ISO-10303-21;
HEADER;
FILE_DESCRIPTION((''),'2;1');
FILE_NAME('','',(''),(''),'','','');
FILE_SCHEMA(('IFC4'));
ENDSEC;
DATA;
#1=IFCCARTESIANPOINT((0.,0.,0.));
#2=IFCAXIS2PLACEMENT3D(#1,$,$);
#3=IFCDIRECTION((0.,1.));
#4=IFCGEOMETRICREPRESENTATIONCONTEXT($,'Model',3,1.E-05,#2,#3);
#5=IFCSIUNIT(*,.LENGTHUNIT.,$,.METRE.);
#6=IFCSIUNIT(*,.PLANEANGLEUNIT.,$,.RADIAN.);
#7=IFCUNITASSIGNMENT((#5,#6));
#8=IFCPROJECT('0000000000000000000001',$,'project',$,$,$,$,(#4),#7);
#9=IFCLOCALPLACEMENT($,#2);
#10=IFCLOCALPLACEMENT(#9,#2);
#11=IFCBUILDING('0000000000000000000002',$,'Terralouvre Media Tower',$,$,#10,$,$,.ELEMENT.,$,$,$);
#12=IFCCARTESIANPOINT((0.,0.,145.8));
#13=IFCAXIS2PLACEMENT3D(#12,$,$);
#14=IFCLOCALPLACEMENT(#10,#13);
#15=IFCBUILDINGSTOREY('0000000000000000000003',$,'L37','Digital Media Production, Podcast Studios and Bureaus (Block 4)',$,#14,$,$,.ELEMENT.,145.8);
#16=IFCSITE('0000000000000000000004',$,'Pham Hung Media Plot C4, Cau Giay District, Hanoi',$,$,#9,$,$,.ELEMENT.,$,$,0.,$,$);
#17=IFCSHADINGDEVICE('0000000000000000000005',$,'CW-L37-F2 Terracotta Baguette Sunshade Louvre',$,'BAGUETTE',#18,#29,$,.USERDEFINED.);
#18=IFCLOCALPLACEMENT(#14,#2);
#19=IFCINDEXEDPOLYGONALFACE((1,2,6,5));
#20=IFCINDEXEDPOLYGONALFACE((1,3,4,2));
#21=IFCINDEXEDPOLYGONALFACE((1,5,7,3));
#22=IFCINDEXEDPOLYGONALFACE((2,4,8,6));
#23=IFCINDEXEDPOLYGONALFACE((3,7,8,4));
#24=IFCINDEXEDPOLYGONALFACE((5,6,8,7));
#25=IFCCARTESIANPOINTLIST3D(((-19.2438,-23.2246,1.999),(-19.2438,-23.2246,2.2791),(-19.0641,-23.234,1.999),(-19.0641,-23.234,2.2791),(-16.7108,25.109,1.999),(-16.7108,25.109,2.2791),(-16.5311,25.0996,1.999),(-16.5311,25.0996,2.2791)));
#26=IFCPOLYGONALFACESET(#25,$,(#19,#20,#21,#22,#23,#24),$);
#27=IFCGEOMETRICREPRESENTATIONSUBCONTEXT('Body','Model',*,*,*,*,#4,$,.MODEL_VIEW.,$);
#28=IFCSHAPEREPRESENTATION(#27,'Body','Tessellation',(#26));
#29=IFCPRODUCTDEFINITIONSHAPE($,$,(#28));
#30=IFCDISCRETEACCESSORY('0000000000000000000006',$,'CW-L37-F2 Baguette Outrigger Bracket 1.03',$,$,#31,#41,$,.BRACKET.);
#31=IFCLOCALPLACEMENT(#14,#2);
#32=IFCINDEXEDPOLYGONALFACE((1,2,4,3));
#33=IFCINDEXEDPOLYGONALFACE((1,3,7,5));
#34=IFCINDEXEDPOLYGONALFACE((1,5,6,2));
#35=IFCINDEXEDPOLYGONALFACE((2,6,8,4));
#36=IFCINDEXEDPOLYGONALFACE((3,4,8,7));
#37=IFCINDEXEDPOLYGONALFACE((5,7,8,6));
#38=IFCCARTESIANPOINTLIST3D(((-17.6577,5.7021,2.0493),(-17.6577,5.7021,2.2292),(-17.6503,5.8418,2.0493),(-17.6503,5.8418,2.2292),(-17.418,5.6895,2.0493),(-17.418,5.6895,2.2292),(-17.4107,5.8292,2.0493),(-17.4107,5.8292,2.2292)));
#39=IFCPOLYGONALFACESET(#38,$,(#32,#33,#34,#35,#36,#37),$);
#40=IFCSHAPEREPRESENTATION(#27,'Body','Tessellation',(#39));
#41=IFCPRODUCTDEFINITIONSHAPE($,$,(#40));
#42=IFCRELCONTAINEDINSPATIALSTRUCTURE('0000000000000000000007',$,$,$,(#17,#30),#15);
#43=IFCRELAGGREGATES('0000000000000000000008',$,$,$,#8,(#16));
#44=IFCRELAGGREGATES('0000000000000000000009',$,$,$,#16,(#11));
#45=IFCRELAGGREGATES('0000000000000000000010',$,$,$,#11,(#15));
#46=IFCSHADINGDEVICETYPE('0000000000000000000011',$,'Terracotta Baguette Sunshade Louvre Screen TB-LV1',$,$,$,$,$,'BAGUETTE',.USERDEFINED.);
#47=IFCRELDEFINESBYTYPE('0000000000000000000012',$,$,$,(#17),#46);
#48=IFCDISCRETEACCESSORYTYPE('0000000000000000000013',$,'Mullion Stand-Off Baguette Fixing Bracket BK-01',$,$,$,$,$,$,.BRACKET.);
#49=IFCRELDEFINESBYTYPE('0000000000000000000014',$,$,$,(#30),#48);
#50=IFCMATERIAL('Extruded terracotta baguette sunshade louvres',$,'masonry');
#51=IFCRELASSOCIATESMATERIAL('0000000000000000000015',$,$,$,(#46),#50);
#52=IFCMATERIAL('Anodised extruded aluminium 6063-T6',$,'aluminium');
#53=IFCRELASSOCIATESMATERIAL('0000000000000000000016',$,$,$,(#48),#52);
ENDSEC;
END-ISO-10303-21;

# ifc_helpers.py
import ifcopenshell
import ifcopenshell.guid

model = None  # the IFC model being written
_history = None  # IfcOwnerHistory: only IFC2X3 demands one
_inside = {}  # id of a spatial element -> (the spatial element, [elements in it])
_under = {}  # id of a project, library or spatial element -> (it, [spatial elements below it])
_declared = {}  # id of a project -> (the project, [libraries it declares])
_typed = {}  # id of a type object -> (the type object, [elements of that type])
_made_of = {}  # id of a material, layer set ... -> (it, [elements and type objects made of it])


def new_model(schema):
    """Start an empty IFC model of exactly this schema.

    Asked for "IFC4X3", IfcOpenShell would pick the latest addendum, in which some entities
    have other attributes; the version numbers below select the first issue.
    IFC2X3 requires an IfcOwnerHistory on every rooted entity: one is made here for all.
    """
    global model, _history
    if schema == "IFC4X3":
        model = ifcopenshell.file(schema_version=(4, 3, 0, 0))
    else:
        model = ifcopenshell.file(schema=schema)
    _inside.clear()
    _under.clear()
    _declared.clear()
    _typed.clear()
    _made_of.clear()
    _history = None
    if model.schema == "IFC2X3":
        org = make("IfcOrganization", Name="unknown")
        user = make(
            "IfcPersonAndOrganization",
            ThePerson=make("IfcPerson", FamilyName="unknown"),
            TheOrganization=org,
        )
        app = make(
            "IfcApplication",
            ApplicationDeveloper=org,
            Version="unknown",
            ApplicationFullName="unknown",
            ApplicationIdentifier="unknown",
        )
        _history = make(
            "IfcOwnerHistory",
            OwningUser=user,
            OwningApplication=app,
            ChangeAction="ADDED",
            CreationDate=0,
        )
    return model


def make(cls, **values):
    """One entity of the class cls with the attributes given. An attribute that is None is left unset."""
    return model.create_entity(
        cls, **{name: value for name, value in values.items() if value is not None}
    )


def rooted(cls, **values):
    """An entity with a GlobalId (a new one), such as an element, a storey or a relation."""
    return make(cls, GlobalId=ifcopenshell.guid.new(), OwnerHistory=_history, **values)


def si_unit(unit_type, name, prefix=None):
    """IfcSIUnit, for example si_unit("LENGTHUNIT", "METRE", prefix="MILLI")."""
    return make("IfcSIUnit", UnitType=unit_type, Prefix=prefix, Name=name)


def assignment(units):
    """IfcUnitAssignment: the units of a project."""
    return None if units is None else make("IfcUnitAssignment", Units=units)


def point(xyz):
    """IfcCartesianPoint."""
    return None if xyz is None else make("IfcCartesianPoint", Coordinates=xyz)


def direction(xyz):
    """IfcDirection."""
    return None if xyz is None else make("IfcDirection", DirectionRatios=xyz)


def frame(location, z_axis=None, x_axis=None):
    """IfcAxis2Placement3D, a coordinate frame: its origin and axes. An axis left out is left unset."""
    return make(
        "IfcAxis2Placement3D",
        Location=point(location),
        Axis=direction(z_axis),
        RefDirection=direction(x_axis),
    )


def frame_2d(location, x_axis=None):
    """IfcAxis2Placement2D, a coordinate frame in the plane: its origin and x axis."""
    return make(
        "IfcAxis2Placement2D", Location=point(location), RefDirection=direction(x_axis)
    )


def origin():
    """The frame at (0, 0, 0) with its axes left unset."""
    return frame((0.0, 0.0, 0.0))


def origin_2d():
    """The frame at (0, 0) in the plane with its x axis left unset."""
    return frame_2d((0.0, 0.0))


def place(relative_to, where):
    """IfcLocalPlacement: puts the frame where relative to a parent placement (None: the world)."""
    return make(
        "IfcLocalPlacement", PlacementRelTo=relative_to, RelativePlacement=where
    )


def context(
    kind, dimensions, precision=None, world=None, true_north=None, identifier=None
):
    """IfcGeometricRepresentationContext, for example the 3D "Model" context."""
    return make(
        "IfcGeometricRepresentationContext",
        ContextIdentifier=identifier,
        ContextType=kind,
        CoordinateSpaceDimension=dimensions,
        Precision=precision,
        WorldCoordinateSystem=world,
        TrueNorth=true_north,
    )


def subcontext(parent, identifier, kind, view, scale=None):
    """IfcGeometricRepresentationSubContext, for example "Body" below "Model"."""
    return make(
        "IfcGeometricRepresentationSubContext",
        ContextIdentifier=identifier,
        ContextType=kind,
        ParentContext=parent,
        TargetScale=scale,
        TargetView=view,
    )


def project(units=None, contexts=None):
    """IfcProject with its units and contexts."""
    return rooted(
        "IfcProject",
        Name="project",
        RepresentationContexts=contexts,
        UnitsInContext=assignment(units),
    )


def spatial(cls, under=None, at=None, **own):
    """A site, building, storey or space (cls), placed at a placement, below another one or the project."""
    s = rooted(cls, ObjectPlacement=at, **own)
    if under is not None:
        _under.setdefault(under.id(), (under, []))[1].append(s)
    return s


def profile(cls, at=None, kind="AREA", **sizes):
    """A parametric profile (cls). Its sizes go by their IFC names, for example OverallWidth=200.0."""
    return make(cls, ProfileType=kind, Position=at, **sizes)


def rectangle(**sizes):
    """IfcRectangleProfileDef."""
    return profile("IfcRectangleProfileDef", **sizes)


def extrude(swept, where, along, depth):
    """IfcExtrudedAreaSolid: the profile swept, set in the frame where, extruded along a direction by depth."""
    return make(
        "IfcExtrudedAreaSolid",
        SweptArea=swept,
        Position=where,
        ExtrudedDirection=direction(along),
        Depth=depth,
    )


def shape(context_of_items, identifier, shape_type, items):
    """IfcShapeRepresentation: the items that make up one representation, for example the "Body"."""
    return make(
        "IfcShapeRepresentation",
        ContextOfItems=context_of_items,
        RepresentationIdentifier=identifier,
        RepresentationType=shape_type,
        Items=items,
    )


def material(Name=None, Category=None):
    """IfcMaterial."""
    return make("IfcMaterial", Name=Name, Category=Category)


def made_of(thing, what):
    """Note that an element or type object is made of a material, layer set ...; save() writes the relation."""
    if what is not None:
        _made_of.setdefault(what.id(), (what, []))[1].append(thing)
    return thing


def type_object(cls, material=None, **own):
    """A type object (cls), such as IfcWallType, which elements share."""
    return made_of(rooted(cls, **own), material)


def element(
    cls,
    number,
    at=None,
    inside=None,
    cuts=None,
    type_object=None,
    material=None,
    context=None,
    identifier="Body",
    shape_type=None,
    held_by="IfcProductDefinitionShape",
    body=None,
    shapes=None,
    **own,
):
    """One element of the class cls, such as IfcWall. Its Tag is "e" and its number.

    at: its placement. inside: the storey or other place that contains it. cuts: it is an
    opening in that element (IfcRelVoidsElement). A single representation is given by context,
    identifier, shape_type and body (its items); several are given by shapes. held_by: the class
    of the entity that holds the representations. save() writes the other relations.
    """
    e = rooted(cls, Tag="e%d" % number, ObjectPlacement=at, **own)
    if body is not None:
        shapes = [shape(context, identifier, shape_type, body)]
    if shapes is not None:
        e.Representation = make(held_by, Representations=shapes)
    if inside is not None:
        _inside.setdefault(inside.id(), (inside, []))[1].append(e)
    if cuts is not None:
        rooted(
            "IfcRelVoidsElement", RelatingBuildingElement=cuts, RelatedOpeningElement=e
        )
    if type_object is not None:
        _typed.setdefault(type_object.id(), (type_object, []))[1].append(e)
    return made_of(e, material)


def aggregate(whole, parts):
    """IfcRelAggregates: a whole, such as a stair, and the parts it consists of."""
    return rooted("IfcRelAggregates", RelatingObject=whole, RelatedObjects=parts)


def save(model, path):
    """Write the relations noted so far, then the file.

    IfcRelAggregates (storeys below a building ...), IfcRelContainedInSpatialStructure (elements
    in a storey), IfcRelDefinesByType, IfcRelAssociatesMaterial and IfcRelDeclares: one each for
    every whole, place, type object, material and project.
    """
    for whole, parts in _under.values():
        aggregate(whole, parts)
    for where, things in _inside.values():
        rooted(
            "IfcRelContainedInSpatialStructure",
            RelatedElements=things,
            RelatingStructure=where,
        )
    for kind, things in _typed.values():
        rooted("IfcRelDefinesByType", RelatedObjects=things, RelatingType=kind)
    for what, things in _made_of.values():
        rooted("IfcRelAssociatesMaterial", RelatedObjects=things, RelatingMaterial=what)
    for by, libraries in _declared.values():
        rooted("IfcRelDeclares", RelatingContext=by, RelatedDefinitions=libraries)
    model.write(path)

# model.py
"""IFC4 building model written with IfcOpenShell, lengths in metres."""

from ifc_helpers import new_model, si_unit, direction, frame, origin, origin_2d, place, context, subcontext, project, spatial, rectangle, extrude, material, type_object, element, save


model = new_model("IFC4")

# Units and contexts
model_context = context("Model", 3, precision=1e-05, world=origin(), true_north=direction((0.0, 1.0)))
body_context = subcontext(model_context, "Body", "Model", "MODEL_VIEW")
ifc_project = project(units=[si_unit("LENGTHUNIT", "METRE"), si_unit("PLANEANGLEUNIT", "RADIAN")], contexts=[model_context])

# Site, building, storey
site_placement = place(None, origin())
site = spatial("IfcSite", under=ifc_project, at=site_placement, Name="Pham Hung Media Plot C4, Cau Giay District, Hanoi", CompositionType="ELEMENT", RefElevation=0.0)
building_placement = place(site_placement, origin())
building = spatial("IfcBuilding", under=site, at=building_placement, Name="Terralouvre Media Tower", CompositionType="ELEMENT")
storey_placement = place(building_placement, frame((0.0, 0.0, 145.8)))
storey = spatial("IfcBuildingStorey", under=building, at=storey_placement, Name="L37", Description="Digital Media Production, Podcast Studios and Bureaus (Block 4)", CompositionType="ELEMENT", Elevation=145.8)

# Shading device
ifc_material_1 = material(Name="Extruded terracotta baguette sunshade louvres", Category="masonry")
shading_device_type = type_object("IfcShadingDeviceType", Name="Terracotta Baguette Sunshade Louvre Screen TB-LV1", ElementType="BAGUETTE", PredefinedType="USERDEFINED", material=ifc_material_1)
shading_device_placement = place(storey_placement, frame((-17.8875, 0.9375, 1.999), z_axis=(0.0, 0.0, 1.0), x_axis=(-0.052336, -0.99863, 0.0)))
element("IfcShadingDevice", 1, at=shading_device_placement, inside=storey, type_object=shading_device_type, Name="CW-L37-F2 Terracotta Baguette Sunshade Louvre", ObjectType="BAGUETTE", PredefinedType="USERDEFINED", context=body_context, shape_type="SweptSolid", body=[
    extrude(rectangle(XDim=48.3999, YDim=0.1799, at=origin_2d()), origin(), (0.0, 0.0, 1.0), 0.28),
])

# Discrete accessory
ifc_material_2 = material(Name="Anodised extruded aluminium 6063-T6", Category="aluminium")
discrete_accessory_type = type_object("IfcDiscreteAccessoryType", Name="Mullion Stand-Off Baguette Fixing Bracket BK-01", PredefinedType="BRACKET", material=ifc_material_2)
discrete_accessory_placement = place(storey_placement, frame((-17.5342, 5.7656, 2.0493), z_axis=(0.0, 0.0, 1.0), x_axis=(-0.052336, -0.99863, 0.0)))
element("IfcDiscreteAccessory", 2, at=discrete_accessory_placement, inside=storey, type_object=discrete_accessory_type, Name="CW-L37-F2 Baguette Outrigger Bracket 1.03", PredefinedType="BRACKET", context=body_context, shape_type="SweptSolid", body=[
    extrude(rectangle(XDim=0.1399, YDim=0.24, at=origin_2d()), origin(), (0.0, 0.0, 1.0), 0.1799),
])

save(model, "model.ifc")
